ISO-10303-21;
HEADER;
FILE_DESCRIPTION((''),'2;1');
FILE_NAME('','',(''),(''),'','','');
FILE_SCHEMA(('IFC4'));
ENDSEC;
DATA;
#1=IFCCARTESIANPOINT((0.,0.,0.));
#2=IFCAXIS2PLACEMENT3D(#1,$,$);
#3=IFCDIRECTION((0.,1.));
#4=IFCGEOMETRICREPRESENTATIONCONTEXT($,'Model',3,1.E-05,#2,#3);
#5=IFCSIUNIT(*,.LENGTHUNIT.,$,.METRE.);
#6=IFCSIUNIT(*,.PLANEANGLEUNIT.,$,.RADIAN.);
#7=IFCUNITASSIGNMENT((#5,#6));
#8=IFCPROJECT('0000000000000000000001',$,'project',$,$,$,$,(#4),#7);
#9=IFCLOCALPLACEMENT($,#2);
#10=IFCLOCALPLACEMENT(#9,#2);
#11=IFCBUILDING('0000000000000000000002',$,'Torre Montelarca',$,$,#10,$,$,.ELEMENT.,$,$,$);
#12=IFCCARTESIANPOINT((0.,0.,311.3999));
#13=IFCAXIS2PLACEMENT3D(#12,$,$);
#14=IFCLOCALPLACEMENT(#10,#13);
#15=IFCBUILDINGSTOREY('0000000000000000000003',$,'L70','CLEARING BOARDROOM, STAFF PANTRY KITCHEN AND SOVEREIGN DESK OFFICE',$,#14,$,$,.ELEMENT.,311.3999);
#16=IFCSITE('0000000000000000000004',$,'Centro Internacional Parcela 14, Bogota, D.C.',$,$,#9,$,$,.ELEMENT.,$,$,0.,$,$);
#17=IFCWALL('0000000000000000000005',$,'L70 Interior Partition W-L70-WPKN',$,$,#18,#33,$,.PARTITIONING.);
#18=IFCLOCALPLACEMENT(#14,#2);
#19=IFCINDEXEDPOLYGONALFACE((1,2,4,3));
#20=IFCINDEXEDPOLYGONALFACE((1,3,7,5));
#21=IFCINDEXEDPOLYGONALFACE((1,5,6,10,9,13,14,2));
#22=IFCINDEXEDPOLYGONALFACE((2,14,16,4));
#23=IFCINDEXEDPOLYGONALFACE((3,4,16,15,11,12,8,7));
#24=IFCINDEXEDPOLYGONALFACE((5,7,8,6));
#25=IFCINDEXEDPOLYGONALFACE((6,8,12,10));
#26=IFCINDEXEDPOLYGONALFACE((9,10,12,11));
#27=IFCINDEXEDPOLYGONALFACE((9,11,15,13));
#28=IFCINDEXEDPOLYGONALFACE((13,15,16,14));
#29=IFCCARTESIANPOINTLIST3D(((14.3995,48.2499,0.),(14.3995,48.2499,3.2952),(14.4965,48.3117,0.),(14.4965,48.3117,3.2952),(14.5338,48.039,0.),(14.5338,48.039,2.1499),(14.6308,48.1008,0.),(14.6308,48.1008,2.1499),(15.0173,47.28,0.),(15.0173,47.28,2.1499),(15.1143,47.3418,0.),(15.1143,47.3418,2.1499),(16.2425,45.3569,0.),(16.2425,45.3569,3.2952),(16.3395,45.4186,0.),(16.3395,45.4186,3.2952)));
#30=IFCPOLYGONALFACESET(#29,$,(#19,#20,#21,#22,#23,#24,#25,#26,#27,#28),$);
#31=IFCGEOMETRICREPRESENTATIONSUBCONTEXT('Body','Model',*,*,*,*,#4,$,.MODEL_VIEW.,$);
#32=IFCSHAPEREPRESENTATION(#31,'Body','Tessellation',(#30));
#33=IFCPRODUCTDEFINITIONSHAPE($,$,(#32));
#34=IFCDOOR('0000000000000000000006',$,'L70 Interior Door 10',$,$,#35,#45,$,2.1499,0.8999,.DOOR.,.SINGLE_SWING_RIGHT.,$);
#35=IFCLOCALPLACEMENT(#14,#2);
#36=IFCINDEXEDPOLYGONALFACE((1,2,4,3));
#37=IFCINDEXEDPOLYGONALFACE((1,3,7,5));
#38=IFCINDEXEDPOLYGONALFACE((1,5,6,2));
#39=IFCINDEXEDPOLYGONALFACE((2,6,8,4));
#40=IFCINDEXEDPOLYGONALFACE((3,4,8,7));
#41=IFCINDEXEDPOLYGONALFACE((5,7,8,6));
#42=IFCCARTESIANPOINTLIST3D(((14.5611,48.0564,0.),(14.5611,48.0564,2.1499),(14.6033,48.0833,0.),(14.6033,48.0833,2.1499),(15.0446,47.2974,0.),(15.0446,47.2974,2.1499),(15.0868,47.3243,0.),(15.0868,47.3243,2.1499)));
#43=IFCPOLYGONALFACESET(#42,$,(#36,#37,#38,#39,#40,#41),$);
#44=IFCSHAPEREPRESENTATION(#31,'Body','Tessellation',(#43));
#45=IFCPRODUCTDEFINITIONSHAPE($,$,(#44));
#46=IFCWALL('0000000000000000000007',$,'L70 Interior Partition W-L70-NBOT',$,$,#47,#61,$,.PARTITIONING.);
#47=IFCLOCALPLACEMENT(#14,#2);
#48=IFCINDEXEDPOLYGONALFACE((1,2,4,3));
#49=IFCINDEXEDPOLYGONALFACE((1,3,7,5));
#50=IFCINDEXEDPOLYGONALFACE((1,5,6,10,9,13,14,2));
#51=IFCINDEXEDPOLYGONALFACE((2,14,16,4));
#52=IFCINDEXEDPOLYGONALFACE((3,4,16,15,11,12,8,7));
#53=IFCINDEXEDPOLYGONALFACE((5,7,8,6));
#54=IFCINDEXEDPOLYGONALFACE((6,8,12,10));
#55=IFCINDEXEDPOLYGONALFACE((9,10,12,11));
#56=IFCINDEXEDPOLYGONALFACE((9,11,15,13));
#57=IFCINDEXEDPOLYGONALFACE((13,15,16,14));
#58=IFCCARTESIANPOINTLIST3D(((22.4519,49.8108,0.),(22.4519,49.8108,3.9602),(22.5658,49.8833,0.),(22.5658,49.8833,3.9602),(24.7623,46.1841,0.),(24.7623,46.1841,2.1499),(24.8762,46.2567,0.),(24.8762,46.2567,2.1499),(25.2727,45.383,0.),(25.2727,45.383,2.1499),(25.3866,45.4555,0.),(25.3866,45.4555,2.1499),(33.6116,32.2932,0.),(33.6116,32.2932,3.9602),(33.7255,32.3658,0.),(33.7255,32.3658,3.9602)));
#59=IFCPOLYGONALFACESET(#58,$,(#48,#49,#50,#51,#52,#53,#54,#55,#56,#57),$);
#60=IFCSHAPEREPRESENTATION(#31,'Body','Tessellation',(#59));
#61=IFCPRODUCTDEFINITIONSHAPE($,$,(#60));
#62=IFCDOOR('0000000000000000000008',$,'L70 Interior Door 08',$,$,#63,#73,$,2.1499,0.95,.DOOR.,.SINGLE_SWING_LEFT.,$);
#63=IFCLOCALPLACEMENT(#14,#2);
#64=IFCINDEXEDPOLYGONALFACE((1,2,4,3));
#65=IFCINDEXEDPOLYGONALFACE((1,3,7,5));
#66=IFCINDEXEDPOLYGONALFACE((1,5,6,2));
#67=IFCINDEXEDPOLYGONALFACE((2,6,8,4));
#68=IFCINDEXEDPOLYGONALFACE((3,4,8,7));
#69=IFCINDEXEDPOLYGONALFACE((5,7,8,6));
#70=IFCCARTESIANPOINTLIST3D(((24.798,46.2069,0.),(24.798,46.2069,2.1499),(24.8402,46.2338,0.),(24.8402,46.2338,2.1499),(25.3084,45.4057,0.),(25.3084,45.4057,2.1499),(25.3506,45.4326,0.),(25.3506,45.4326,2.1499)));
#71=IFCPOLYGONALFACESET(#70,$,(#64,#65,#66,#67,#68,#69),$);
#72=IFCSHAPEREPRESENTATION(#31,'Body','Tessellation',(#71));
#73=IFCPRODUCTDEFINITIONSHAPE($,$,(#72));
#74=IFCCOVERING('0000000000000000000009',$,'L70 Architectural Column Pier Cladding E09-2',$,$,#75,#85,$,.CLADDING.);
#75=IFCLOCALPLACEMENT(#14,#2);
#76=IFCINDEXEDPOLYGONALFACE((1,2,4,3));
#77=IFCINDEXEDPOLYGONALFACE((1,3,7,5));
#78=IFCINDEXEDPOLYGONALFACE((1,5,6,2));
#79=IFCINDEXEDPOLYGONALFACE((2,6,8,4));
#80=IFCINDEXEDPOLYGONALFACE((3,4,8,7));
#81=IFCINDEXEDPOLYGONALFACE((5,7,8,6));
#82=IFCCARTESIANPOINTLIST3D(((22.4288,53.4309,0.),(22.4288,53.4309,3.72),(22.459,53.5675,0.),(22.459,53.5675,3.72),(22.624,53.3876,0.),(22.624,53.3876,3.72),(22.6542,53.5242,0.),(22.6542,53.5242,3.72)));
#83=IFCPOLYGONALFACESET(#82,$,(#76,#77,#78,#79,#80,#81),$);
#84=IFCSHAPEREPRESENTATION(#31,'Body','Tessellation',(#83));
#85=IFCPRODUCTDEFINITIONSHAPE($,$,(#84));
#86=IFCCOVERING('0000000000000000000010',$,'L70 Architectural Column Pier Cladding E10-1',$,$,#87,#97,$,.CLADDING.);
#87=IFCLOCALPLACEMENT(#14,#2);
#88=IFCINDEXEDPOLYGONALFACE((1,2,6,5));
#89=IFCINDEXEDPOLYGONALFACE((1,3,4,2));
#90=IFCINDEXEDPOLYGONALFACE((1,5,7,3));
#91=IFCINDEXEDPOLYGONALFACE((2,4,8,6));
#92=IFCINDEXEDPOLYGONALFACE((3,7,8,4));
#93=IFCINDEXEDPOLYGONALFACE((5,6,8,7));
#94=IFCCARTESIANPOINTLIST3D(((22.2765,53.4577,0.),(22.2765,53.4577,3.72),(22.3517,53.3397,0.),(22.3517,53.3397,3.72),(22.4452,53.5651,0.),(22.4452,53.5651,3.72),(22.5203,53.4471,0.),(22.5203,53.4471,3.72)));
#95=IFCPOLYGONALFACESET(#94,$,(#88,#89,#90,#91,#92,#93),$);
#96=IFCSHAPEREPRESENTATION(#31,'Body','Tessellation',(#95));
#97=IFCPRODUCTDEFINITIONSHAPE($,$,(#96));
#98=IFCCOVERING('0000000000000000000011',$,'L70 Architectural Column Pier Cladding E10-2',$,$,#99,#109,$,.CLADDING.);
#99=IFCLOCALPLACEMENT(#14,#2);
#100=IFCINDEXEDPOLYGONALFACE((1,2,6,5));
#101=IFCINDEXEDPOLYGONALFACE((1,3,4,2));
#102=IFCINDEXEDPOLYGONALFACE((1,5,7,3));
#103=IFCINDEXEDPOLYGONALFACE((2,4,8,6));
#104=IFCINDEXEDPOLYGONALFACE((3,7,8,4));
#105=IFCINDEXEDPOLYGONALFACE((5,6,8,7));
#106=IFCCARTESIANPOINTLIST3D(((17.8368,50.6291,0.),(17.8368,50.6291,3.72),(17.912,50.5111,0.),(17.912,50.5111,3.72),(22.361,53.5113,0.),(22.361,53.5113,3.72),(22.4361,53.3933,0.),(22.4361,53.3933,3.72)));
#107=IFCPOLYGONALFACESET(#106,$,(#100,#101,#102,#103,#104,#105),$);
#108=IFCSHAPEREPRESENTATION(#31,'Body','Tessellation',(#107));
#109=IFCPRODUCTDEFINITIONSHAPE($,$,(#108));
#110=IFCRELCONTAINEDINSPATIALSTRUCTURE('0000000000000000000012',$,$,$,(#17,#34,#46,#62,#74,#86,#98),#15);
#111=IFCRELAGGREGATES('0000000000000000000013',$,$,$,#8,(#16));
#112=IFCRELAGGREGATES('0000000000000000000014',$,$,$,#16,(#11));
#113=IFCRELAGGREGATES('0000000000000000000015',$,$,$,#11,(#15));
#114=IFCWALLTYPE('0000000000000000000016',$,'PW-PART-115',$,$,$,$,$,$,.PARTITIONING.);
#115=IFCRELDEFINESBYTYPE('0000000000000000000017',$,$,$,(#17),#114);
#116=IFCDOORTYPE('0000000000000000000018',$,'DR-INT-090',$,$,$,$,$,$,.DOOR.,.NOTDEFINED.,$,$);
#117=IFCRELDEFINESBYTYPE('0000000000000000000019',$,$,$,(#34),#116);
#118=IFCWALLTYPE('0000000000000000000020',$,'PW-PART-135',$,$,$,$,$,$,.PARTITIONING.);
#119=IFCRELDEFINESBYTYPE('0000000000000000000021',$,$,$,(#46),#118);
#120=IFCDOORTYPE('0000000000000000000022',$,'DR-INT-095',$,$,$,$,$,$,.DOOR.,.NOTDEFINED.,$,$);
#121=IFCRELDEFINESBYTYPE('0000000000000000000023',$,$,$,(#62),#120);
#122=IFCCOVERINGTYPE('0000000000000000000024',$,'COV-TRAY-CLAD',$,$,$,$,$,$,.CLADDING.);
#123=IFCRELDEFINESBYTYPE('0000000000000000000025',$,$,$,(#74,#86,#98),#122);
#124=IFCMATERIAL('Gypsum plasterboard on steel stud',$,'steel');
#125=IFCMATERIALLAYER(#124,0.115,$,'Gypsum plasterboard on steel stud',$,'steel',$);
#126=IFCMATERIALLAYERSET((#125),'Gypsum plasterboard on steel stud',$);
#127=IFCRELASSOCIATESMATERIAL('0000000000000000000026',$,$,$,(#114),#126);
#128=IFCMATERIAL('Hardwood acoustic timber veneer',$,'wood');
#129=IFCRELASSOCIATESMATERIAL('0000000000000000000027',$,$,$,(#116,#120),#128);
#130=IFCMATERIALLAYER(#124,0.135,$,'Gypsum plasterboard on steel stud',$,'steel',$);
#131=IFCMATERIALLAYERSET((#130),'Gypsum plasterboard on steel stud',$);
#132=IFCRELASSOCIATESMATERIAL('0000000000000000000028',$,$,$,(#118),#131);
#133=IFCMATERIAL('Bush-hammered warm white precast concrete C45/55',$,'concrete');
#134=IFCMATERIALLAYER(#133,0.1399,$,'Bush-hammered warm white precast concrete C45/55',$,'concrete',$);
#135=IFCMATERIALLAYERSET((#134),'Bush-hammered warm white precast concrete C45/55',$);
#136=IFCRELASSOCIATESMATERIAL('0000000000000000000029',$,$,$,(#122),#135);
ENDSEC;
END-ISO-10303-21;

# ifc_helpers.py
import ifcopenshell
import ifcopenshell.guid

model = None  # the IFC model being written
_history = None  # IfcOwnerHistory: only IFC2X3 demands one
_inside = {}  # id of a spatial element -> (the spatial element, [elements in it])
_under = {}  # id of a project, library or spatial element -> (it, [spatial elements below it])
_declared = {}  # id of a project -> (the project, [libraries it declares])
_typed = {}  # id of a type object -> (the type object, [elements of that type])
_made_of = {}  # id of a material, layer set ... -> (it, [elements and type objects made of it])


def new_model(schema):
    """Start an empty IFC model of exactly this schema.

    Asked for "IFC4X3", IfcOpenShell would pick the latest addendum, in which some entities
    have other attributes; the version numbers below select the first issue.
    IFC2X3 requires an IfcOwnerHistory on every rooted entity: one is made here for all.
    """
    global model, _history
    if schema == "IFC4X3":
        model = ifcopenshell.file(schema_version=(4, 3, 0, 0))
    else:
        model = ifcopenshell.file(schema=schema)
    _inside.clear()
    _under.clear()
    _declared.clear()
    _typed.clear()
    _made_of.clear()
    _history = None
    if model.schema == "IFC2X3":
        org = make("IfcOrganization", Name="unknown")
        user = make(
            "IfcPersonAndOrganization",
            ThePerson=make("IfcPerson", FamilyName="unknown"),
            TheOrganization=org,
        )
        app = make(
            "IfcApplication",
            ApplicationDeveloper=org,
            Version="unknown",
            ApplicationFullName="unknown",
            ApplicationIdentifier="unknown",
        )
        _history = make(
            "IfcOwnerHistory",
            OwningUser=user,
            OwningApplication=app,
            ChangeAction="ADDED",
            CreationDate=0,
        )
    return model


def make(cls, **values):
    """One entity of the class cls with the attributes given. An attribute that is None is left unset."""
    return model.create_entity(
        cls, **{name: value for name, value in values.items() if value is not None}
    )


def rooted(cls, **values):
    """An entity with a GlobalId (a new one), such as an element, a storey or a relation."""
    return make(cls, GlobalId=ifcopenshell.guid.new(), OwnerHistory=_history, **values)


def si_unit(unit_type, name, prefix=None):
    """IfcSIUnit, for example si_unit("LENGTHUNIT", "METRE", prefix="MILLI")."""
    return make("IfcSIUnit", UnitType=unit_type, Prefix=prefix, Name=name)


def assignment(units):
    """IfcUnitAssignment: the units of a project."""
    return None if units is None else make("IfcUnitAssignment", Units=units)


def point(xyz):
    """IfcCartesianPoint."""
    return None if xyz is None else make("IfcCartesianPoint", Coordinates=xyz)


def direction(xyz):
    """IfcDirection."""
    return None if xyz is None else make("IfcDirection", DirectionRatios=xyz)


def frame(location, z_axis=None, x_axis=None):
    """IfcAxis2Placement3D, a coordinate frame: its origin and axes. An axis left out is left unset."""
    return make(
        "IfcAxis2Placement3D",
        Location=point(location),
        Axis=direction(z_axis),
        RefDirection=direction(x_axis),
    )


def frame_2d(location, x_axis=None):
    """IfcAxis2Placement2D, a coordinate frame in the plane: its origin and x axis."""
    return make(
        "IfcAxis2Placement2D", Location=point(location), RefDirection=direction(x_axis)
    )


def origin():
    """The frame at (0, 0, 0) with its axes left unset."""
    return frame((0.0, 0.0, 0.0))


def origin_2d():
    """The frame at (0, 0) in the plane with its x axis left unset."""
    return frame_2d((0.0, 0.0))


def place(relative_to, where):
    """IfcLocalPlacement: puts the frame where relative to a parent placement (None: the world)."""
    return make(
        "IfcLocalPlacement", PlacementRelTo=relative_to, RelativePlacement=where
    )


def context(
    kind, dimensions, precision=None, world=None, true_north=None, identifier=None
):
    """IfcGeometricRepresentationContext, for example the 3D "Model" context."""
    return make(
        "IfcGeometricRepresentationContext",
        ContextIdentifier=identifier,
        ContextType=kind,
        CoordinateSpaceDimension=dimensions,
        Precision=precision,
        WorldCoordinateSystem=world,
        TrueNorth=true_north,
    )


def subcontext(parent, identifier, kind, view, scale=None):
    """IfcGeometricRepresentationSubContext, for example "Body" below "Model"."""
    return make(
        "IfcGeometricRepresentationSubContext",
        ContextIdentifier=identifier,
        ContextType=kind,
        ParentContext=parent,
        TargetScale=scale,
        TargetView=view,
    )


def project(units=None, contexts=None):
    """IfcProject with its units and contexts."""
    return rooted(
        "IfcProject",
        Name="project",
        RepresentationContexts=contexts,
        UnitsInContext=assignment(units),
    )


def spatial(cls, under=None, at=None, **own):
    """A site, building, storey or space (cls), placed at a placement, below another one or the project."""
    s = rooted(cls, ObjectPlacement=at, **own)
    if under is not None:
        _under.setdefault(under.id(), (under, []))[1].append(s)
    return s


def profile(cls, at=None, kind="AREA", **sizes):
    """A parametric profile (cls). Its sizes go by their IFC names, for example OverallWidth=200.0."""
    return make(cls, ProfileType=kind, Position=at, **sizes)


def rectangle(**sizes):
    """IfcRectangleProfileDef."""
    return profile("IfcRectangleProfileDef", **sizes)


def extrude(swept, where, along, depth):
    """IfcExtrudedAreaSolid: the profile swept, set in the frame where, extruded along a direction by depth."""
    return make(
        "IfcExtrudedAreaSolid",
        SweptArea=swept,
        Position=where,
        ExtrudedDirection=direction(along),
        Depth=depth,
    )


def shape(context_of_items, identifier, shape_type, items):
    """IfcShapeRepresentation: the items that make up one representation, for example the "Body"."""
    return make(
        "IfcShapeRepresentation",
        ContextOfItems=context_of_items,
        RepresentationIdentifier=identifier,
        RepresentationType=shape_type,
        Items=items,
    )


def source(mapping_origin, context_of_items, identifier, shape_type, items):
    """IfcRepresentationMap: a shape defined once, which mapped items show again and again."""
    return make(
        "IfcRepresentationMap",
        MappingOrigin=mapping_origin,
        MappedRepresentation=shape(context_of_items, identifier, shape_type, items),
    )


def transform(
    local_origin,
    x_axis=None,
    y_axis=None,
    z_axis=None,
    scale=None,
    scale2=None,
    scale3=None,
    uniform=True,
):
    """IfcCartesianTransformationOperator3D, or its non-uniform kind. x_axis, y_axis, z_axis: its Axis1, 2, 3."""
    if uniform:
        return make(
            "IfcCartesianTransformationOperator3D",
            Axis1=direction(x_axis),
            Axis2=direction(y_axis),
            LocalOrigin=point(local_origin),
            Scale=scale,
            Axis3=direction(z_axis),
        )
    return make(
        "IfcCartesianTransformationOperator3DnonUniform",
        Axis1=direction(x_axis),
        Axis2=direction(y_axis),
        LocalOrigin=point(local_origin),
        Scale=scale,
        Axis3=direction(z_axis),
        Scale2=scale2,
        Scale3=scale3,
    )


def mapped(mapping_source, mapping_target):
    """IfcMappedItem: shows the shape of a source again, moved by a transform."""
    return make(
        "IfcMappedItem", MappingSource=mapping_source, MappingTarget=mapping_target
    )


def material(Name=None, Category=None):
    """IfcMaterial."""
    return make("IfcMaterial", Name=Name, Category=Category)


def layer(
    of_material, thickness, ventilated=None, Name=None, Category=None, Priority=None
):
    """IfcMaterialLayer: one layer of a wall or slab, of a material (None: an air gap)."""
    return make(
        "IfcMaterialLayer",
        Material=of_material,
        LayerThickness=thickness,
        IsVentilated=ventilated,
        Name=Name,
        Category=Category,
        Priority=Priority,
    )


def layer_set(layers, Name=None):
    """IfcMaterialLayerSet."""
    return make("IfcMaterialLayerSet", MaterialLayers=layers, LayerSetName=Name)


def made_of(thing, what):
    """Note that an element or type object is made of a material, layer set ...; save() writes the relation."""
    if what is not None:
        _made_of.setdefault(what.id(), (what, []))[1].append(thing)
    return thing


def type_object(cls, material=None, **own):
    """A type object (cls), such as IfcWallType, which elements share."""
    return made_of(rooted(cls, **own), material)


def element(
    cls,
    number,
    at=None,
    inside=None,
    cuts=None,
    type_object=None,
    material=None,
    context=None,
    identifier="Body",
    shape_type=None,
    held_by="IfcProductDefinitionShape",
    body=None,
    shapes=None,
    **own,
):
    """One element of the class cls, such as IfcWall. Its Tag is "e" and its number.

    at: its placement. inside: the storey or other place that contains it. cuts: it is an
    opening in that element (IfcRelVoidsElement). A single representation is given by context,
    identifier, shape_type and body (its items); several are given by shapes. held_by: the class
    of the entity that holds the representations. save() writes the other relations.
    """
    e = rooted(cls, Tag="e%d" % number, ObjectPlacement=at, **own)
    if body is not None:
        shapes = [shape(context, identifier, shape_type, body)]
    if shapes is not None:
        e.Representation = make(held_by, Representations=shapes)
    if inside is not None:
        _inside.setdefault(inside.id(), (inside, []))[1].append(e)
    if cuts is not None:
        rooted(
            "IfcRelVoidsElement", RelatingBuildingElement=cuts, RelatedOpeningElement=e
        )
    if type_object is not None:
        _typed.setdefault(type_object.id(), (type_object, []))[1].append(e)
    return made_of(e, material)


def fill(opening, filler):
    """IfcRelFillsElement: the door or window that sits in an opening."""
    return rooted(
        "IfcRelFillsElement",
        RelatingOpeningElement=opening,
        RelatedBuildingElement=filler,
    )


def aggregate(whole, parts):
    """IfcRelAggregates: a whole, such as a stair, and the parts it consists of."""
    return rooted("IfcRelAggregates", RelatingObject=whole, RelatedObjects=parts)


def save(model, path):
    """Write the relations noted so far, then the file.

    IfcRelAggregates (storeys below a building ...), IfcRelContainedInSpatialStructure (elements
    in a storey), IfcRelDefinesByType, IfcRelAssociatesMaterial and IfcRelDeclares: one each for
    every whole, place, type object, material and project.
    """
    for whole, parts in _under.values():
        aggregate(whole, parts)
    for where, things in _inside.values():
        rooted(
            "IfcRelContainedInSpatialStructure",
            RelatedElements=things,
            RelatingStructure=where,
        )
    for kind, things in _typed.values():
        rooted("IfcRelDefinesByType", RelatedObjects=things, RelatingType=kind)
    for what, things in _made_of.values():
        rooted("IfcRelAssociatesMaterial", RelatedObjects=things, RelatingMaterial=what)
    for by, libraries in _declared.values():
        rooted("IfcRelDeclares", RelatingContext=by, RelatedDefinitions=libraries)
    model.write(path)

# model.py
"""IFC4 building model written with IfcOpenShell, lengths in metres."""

from ifc_helpers import new_model, si_unit, direction, frame, frame_2d, origin, origin_2d, place, context, subcontext, project, spatial, rectangle, extrude, source, transform, mapped, material, layer, layer_set, type_object, element, fill, save


model = new_model("IFC4")

# Units and contexts
model_context = context("Model", 3, precision=1e-05, world=origin(), true_north=direction((0.0, 1.0)))
body_context = subcontext(model_context, "Body", "Model", "MODEL_VIEW")
ifc_project = project(units=[si_unit("LENGTHUNIT", "METRE"), si_unit("PLANEANGLEUNIT", "RADIAN")], contexts=[model_context])

# Site, building, storey
site_placement = place(None, origin())
site = spatial("IfcSite", under=ifc_project, at=site_placement, Name="Centro Internacional Parcela 14, Bogota, D.C.", CompositionType="ELEMENT", RefElevation=0.0)
building_placement = place(site_placement, origin())
building = spatial("IfcBuilding", under=site, at=building_placement, Name="Torre Montelarca", CompositionType="ELEMENT")
storey_placement = place(building_placement, frame((0.0, 0.0, 311.3999)))
storey = spatial("IfcBuildingStorey", under=building, at=storey_placement, Name="L70", Description="CLEARING BOARDROOM, STAFF PANTRY KITCHEN AND SOVEREIGN DESK OFFICE", CompositionType="ELEMENT", Elevation=311.3999)

# Walls, openings, doors
ifc_material_1 = material(Name="Gypsum plasterboard on steel stud", Category="steel")
ifc_layer_1 = layer(ifc_material_1, 0.115, Name="Gypsum plasterboard on steel stud", Category="steel")
ifc_layer_set_1 = layer_set([ifc_layer_1], Name="Gypsum plasterboard on steel stud")
wall_type_1 = type_object("IfcWallType", Name="PW-PART-115", PredefinedType="PARTITIONING", material=ifc_layer_set_1)
wall_1_placement = place(storey_placement, frame((14.448, 48.2808, 0.0), z_axis=(0.0, 0.0, 1.0), x_axis=(0.537285, -0.843401, 0.0)))
wall_1 = element("IfcWall", 1, at=wall_1_placement, inside=storey, type_object=wall_type_1, Name="L70 Interior Partition W-L70-WPKN", PredefinedType="PARTITIONING", context=body_context, shape_type="SweptSolid", body=[
    extrude(rectangle(XDim=3.4302, YDim=0.115, at=frame_2d((1.7151, 0.0))), origin(), (0.0, 0.0, 1.0), 3.2952),
])
opening_1_placement = place(wall_1_placement, frame((0.25, 0.0, 0.0)))
opening_1 = element("IfcOpeningElement", 2, at=opening_1_placement, cuts=wall_1, PredefinedType="OPENING", context=body_context, shape_type="SweptSolid", body=[
    extrude(rectangle(XDim=0.8999, YDim=2.1499, at=frame_2d((0.45, 1.075))), frame((0.0, 0.0674, 0.0), z_axis=(0.0, -1.0, 0.0), x_axis=(1.0, 0.0, 0.0)), (0.0, 0.0, 1.0), 0.135),
])
ifc_material_2 = material(Name="Hardwood acoustic timber veneer", Category="wood")
door_type_1 = type_object("IfcDoorType", Name="DR-INT-090", OperationType="NOTDEFINED", PredefinedType="DOOR", material=ifc_material_2)
shared_shape_1 = source(origin(), body_context, "Body", "SweptSolid", [
    extrude(rectangle(XDim=0.8999, YDim=2.1499, at=frame_2d((0.45, 1.075))), frame((0.0, 0.0249, 0.0), z_axis=(0.0, -1.0, 0.0), x_axis=(1.0, 0.0, 0.0)), (0.0, 0.0, 1.0), 0.05),
])
door_1_placement = place(opening_1_placement, origin())
door_1 = element("IfcDoor", 3, at=door_1_placement, inside=storey, type_object=door_type_1, Name="L70 Interior Door 10", OperationType="SINGLE_SWING_RIGHT", OverallHeight=2.1499, OverallWidth=0.8999, PredefinedType="DOOR", context=body_context, shape_type="MappedRepresentation", body=[
    mapped(shared_shape_1, transform((0.0, 0.0, 0.0), scale=1.0)),
])
fill(opening_1, door_1)
ifc_layer_2 = layer(ifc_material_1, 0.135, Name="Gypsum plasterboard on steel stud", Category="steel")
ifc_layer_set_2 = layer_set([ifc_layer_2], Name="Gypsum plasterboard on steel stud")
wall_type_2 = type_object("IfcWallType", Name="PW-PART-135", PredefinedType="PARTITIONING", material=ifc_layer_set_2)
wall_2_placement = place(storey_placement, frame((22.5088, 49.8472, 0.0), z_axis=(0.0, 0.0, 1.0), x_axis=(0.537291, -0.843397, 0.0)))
wall_2 = element("IfcWall", 4, at=wall_2_placement, inside=storey, type_object=wall_type_2, Name="L70 Interior Partition W-L70-NBOT", PredefinedType="PARTITIONING", context=body_context, shape_type="SweptSolid", body=[
    extrude(rectangle(XDim=20.7703, YDim=0.135, at=frame_2d((10.3853, 0.0))), origin(), (0.0, 0.0, 1.0), 3.9602),
])
opening_2_placement = place(wall_2_placement, frame((4.3, 0.0, 0.0)))
opening_2 = element("IfcOpeningElement", 5, at=opening_2_placement, cuts=wall_2, PredefinedType="OPENING", context=body_context, shape_type="SweptSolid", body=[
    extrude(rectangle(XDim=0.95, YDim=2.1499, at=frame_2d((0.4751, 1.075))), frame((0.0, 0.0776, 0.0), z_axis=(0.0, -1.0, 0.0), x_axis=(1.0, 0.0, 0.0)), (0.0, 0.0, 1.0), 0.155),
])
door_type_2 = type_object("IfcDoorType", Name="DR-INT-095", OperationType="NOTDEFINED", PredefinedType="DOOR", material=ifc_material_2)
shared_shape_2 = source(origin(), body_context, "Body", "SweptSolid", [
    extrude(rectangle(XDim=0.95, YDim=2.1499, at=frame_2d((0.4751, 1.075))), frame((0.0, 0.0249, 0.0), z_axis=(0.0, -1.0, 0.0), x_axis=(1.0, 0.0, 0.0)), (0.0, 0.0, 1.0), 0.05),
])
door_2_placement = place(opening_2_placement, origin())
door_2 = element("IfcDoor", 6, at=door_2_placement, inside=storey, type_object=door_type_2, Name="L70 Interior Door 08", OperationType="SINGLE_SWING_LEFT", OverallHeight=2.1499, OverallWidth=0.95, PredefinedType="DOOR", context=body_context, shape_type="MappedRepresentation", body=[
    mapped(shared_shape_2, transform((0.0, 0.0, 0.0), scale=1.0)),
])
fill(opening_2, door_2)

# Coverings
ifc_material_3 = material(Name="Bush-hammered warm white precast concrete C45/55", Category="concrete")
ifc_layer_3 = layer(ifc_material_3, 0.1399, Name="Bush-hammered warm white precast concrete C45/55", Category="concrete")
ifc_layer_set_3 = layer_set([ifc_layer_3], Name="Bush-hammered warm white precast concrete C45/55")
covering_type = type_object("IfcCoveringType", Name="COV-TRAY-CLAD", PredefinedType="CLADDING", material=ifc_layer_set_3)
shared_shape_3 = source(origin(), body_context, "Body", "SweptSolid", [
    extrude(rectangle(XDim=0.2, YDim=0.1399, at=origin_2d()), origin(), (0.0, 0.0, 1.0), 3.72),
])
for number, where, z_axis, x_axis, name in (
    (7, (22.5415, 53.4775, 0.0), (0.0, 0.0, 1.0), (-0.976298, 0.216429, 0.0), "L70 Architectural Column Pier Cladding E09-2"),
    (8, (22.3984, 53.4524, 0.0), (0.0, 0.0, 1.0), (-0.843391, -0.537301, 0.0), "L70 Architectural Column Pier Cladding E10-1"),
):
    element("IfcCovering", number, at=place(storey_placement, frame(where, z_axis=z_axis, x_axis=x_axis)), inside=storey, type_object=covering_type, Name=name, PredefinedType="CLADDING", context=body_context, shape_type="MappedRepresentation", body=[
        mapped(shared_shape_3, transform((0.0, 0.0, 0.0), scale=1.0)),
    ])
shared_shape_4 = source(origin(), body_context, "Body", "SweptSolid", [
    extrude(rectangle(XDim=5.3643, YDim=0.1399, at=origin_2d()), origin(), (0.0, 0.0, 1.0), 3.72),
])
covering_placement = place(storey_placement, frame((20.1365, 52.0112, 0.0), z_axis=(0.0, 0.0, 1.0), x_axis=(-0.843391, -0.537301, 0.0)))
element("IfcCovering", 9, at=covering_placement, inside=storey, type_object=covering_type, Name="L70 Architectural Column Pier Cladding E10-2", PredefinedType="CLADDING", context=body_context, shape_type="MappedRepresentation", body=[
    mapped(shared_shape_4, transform((0.0, 0.0, 0.0), scale=1.0)),
])

save(model, "model.ifc")
